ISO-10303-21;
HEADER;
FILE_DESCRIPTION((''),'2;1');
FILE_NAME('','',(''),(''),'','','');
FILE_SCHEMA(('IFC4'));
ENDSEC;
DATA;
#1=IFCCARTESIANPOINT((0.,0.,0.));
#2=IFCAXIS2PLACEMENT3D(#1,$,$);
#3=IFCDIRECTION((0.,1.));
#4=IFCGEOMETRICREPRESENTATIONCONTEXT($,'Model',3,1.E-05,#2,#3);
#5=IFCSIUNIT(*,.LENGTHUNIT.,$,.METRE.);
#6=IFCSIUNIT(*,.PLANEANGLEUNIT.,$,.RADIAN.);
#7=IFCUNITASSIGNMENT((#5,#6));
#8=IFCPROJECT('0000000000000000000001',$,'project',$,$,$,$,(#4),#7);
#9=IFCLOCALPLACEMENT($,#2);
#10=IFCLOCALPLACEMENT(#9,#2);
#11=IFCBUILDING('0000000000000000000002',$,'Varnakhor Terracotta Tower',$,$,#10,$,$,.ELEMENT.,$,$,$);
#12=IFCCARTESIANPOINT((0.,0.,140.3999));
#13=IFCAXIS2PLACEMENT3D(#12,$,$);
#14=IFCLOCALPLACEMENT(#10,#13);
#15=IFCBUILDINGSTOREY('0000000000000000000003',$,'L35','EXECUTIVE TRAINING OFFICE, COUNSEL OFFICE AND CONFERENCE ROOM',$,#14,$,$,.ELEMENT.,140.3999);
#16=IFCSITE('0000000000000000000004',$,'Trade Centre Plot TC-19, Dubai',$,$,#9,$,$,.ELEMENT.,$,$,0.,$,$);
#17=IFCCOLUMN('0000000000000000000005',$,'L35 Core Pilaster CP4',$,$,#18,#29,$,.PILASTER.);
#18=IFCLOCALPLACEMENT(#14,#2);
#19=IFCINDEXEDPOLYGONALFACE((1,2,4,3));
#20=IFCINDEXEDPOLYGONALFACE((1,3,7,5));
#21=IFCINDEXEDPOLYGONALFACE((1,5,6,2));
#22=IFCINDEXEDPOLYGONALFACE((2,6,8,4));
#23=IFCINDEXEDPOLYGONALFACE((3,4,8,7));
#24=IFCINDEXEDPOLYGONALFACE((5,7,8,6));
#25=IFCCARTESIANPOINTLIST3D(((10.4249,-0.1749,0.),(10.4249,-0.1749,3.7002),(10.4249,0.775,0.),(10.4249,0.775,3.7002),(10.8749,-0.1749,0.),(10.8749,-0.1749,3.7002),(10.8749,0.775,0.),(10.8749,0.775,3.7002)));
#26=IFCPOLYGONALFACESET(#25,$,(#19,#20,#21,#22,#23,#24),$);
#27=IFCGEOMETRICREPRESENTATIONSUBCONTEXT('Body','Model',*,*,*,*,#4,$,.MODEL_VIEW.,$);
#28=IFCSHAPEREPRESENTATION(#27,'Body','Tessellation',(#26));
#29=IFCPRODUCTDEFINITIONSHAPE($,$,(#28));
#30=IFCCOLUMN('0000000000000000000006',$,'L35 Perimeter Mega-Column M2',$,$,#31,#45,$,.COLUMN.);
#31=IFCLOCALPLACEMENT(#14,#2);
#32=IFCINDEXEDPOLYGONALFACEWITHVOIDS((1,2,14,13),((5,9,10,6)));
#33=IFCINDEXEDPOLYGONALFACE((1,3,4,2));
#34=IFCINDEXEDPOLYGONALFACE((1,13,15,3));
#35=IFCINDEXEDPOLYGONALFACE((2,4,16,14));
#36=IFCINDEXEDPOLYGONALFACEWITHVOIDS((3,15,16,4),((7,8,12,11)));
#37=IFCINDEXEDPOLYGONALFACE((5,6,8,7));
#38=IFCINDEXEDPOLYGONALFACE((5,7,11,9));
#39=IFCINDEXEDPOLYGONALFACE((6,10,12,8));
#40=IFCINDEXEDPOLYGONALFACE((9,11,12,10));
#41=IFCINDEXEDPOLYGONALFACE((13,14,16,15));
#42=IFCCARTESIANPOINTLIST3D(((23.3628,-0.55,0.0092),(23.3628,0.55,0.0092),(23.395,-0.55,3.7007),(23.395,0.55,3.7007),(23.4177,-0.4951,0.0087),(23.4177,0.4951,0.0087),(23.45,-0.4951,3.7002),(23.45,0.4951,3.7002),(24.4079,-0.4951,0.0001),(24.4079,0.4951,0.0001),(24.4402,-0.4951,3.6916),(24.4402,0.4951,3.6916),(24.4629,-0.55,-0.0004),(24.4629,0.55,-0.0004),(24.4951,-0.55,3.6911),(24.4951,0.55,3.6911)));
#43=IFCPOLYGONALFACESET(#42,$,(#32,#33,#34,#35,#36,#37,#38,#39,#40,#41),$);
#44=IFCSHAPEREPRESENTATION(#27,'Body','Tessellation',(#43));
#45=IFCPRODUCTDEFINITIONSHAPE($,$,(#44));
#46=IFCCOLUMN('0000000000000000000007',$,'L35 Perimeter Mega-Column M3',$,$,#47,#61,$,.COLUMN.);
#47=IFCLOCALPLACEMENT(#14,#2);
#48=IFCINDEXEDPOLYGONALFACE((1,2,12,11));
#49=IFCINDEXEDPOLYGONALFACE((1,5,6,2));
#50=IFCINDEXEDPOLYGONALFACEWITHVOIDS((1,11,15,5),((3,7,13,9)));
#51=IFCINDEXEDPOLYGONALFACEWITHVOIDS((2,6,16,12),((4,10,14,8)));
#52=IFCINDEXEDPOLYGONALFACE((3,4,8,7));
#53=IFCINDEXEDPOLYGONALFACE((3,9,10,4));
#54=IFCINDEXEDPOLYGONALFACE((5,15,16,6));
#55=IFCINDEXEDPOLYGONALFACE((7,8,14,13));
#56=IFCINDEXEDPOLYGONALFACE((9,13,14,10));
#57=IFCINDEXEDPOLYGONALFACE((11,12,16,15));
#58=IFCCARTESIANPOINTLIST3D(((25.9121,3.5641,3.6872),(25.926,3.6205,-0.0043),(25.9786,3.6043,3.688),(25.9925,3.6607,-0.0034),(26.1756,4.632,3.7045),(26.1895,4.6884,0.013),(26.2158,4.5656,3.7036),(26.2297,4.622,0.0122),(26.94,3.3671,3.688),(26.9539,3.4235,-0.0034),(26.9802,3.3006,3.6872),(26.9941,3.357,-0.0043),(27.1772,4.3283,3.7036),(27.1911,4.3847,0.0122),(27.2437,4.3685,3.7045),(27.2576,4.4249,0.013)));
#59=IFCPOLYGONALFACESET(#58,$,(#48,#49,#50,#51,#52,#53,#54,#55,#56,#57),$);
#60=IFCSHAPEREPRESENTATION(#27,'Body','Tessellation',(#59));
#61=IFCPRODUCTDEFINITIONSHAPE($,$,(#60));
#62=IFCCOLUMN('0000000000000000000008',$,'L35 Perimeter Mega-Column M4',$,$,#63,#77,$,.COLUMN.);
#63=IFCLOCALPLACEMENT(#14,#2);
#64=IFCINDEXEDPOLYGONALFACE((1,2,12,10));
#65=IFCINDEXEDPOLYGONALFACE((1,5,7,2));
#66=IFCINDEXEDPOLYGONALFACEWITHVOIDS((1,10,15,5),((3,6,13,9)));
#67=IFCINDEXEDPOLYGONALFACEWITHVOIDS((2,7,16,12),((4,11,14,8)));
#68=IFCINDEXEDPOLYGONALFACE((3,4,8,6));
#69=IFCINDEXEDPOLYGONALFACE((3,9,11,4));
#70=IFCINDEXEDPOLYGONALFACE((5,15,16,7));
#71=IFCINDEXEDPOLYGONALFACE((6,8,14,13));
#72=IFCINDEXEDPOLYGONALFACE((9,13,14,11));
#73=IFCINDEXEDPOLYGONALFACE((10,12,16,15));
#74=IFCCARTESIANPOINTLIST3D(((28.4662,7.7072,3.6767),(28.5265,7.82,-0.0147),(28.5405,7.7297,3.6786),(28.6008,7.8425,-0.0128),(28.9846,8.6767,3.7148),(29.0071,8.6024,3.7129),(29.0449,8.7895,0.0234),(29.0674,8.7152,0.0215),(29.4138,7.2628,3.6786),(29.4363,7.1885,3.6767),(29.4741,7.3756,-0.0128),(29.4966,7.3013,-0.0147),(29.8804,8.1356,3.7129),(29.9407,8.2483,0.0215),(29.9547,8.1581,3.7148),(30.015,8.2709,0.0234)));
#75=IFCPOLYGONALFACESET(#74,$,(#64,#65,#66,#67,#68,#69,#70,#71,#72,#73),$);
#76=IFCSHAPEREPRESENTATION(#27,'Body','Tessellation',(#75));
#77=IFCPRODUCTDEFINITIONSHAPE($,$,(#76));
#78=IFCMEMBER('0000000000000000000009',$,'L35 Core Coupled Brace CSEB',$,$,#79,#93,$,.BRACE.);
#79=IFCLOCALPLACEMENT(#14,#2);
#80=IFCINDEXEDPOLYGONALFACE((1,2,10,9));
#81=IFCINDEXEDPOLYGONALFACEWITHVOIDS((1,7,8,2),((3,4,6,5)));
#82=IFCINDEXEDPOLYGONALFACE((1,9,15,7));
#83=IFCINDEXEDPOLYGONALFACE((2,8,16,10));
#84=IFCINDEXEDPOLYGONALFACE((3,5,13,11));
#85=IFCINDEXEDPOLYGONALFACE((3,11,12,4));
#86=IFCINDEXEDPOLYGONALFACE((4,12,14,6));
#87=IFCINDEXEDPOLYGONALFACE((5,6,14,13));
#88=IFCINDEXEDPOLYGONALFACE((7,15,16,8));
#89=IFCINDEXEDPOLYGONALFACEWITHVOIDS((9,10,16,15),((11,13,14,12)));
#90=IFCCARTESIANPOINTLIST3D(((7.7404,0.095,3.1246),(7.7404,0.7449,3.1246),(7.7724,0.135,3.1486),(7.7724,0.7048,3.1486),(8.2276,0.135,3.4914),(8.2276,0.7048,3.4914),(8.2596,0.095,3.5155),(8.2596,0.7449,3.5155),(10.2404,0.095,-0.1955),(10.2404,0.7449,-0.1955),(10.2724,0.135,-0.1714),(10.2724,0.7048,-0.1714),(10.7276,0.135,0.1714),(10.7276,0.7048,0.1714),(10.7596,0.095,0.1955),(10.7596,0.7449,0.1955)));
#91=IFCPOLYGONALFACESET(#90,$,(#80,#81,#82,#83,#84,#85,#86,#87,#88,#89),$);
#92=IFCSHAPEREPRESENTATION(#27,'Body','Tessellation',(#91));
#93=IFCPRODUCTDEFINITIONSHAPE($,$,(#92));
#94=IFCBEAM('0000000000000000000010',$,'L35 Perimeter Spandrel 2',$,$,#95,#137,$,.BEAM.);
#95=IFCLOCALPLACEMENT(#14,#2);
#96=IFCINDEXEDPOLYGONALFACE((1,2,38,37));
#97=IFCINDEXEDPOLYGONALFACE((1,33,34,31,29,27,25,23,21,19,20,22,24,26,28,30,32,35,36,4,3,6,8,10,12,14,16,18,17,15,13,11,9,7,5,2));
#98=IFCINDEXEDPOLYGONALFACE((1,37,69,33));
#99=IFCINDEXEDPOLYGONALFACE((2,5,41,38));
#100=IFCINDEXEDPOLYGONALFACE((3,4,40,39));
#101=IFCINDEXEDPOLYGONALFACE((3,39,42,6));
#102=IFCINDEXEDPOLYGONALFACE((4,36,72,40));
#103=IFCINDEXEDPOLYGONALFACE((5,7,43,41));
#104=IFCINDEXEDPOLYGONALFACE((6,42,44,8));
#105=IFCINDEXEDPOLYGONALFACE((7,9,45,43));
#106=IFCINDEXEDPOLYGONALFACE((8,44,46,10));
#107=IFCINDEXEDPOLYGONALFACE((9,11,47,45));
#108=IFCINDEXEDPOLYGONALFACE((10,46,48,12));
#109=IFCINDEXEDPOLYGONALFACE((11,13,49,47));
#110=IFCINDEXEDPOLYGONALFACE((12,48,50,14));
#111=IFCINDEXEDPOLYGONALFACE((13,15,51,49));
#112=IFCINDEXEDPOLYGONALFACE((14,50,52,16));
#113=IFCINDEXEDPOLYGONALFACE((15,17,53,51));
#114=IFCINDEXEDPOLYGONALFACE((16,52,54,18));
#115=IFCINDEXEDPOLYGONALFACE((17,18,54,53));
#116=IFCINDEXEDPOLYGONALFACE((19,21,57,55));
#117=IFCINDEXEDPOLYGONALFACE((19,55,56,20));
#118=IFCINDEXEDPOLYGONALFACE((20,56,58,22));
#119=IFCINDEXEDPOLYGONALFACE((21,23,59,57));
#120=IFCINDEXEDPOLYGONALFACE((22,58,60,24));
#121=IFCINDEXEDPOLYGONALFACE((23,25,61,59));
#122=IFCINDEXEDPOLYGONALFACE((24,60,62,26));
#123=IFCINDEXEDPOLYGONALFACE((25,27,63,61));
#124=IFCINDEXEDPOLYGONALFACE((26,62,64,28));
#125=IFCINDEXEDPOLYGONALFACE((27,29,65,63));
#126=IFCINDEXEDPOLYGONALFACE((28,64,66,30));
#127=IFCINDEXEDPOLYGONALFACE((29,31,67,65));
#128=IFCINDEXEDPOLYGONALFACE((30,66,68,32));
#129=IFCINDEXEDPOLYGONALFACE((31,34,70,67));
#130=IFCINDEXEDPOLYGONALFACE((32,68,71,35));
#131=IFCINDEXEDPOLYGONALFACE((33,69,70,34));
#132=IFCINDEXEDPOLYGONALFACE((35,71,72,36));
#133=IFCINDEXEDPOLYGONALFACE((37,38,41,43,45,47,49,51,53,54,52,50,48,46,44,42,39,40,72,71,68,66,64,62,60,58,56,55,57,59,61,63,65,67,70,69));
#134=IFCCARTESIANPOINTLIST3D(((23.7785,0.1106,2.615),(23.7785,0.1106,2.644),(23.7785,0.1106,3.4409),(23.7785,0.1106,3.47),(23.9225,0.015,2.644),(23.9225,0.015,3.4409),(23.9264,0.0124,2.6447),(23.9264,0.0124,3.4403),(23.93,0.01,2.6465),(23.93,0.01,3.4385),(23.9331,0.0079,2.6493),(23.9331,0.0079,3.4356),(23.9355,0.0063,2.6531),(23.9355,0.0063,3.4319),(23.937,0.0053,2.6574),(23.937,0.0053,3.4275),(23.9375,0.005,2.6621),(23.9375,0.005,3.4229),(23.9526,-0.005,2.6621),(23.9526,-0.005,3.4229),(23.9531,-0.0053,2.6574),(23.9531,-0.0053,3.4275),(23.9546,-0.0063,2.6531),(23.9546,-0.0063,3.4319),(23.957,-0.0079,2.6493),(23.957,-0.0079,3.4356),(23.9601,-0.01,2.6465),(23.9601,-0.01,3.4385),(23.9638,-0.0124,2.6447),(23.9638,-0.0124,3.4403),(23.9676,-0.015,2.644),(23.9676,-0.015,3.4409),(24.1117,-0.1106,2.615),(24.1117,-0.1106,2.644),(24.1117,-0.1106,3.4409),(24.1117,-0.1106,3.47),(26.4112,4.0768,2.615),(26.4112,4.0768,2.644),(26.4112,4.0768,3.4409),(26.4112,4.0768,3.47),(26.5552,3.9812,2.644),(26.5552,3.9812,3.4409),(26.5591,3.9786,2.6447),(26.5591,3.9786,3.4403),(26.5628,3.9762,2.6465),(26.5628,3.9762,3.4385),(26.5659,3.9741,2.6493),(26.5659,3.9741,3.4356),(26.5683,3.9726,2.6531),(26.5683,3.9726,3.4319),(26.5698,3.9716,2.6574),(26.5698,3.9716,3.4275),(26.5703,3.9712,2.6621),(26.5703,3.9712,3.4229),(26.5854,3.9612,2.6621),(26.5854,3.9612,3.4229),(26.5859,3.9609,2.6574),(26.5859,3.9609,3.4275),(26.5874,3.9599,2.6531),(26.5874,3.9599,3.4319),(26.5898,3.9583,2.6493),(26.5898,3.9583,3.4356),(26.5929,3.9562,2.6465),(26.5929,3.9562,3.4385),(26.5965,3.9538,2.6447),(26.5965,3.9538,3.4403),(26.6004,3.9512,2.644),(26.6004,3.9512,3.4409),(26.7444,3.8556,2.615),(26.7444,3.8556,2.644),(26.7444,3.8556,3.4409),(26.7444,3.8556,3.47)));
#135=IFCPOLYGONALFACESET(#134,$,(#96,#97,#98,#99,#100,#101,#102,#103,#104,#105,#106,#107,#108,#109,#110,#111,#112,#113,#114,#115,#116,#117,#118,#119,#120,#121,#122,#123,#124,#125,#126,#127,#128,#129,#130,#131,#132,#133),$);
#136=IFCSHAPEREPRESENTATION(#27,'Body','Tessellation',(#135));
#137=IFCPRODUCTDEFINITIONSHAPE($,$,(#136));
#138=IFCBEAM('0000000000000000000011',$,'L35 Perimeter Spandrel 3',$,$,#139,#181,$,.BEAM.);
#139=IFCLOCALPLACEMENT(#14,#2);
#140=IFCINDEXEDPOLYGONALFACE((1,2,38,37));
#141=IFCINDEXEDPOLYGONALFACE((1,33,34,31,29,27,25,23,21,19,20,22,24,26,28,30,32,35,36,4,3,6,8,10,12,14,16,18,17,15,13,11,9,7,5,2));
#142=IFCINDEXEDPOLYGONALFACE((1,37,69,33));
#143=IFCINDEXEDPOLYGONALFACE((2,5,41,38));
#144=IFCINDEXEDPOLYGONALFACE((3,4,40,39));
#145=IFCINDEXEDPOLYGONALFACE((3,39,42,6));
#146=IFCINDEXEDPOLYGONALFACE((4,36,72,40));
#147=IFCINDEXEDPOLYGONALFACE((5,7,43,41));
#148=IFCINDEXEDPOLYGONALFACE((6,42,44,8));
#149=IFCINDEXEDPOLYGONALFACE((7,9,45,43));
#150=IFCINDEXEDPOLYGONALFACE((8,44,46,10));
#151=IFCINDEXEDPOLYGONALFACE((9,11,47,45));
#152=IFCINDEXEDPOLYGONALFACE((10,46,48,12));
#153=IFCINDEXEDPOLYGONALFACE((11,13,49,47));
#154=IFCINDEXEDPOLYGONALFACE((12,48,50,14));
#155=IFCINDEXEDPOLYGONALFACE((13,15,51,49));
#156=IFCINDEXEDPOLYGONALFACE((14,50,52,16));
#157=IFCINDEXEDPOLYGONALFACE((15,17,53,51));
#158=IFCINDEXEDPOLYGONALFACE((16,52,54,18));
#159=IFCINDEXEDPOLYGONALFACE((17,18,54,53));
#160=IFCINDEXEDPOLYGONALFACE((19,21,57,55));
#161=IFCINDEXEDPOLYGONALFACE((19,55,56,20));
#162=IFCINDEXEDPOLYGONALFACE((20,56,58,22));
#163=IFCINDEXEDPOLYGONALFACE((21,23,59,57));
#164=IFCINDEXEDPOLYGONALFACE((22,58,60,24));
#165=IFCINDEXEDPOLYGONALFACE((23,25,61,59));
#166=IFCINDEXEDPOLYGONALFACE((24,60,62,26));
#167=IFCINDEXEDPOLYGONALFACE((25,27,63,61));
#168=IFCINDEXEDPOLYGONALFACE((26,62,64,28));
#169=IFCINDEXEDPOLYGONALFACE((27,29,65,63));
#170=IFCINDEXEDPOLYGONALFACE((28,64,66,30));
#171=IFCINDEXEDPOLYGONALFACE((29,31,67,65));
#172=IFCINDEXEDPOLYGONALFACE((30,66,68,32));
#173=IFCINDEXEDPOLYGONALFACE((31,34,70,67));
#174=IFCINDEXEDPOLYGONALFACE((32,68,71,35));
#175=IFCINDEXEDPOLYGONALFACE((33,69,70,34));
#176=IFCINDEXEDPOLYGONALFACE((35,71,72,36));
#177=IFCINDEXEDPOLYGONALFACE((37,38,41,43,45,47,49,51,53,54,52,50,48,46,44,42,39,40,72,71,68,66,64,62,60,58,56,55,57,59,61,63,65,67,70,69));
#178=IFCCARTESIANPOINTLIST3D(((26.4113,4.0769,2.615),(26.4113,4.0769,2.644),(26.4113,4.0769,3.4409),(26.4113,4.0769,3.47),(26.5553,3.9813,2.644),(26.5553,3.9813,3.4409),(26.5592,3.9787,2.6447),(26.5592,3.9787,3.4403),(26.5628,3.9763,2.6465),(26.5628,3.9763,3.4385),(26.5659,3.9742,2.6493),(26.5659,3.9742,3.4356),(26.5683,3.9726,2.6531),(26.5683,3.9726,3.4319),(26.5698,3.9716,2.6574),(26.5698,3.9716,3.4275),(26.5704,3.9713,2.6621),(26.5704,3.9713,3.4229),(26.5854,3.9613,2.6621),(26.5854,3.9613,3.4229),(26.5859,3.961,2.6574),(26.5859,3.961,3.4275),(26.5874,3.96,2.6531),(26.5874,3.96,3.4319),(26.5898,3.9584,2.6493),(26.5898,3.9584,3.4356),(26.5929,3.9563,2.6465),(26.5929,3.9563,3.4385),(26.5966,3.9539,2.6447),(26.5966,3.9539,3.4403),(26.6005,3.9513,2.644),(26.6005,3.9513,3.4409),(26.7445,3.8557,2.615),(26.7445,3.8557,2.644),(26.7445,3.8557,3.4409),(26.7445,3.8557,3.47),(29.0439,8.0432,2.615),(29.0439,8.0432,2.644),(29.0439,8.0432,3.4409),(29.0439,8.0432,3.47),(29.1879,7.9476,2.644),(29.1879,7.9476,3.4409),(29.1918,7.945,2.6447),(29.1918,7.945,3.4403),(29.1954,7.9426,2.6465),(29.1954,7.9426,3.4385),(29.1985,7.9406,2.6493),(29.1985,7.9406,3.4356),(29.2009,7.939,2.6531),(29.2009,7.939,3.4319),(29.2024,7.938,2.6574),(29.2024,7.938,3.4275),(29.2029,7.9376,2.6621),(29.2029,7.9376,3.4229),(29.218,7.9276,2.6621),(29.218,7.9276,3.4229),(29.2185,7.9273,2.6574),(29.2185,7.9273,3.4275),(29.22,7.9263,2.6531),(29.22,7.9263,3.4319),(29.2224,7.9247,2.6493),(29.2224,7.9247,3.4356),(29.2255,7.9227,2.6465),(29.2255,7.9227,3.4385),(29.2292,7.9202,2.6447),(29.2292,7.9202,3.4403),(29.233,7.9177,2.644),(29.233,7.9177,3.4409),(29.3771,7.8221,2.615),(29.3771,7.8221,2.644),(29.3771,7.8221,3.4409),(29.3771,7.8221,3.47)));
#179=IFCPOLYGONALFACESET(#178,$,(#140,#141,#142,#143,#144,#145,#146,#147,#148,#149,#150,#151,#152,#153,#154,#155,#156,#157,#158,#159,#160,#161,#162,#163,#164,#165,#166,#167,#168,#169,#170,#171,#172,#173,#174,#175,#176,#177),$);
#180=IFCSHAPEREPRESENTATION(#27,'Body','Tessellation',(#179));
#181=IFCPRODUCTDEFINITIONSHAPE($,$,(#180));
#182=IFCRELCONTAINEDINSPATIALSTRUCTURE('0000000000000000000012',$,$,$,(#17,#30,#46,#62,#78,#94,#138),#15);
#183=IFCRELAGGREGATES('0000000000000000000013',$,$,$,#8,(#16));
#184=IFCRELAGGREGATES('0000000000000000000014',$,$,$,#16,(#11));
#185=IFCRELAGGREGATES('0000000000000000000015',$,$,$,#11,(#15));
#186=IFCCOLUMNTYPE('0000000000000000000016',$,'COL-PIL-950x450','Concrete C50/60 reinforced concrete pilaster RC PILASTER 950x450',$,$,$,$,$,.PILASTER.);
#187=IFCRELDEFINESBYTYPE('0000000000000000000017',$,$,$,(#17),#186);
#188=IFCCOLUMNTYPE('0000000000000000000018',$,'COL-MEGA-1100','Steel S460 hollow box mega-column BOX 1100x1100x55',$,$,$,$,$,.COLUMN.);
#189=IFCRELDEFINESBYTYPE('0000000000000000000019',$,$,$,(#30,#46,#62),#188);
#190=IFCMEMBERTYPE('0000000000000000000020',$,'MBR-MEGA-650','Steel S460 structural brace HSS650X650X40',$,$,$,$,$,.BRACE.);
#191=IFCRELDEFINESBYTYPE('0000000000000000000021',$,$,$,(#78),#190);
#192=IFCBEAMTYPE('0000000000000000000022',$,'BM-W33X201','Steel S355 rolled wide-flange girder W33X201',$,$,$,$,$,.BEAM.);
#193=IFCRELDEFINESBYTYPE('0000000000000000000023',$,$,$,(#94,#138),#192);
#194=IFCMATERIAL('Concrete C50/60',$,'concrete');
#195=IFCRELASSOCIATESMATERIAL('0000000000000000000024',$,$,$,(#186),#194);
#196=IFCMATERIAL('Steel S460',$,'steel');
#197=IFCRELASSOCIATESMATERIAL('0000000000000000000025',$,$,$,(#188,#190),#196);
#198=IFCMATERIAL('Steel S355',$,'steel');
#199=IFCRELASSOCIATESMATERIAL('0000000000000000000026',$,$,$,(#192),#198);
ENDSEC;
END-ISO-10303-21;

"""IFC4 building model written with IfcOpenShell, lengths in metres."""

from ifc_helpers import new_model, si_unit, direction, frame, origin, origin_2d, place, context, subcontext, project, spatial, rectangle, hollow_rectangle, i_section, extrude, source, transform, mapped, material, material_profile, profile_set, type_object, element, save


model = new_model("IFC4")

# Units and contexts
model_context = context("Model", 3, precision=1e-05, world=origin(), true_north=direction((0.0, 1.0)))
body_context = subcontext(model_context, "Body", "Model", "MODEL_VIEW")
ifc_project = project(units=[si_unit("LENGTHUNIT", "METRE"), si_unit("PLANEANGLEUNIT", "RADIAN")], contexts=[model_context])

# Site, building, storey
site_placement = place(None, origin())
site = spatial("IfcSite", under=ifc_project, at=site_placement, Name="Trade Centre Plot TC-19, Dubai", CompositionType="ELEMENT", RefElevation=0.0)
building_placement = place(site_placement, origin())
building = spatial("IfcBuilding", under=site, at=building_placement, Name="Varnakhor Terracotta Tower", CompositionType="ELEMENT")
storey_placement = place(building_placement, frame((0.0, 0.0, 140.3999)))
storey = spatial("IfcBuildingStorey", under=building, at=storey_placement, Name="L35", Description="EXECUTIVE TRAINING OFFICE, COUNSEL OFFICE AND CONFERENCE ROOM", CompositionType="ELEMENT", Elevation=140.3999)

# Columns
ifc_material_1 = material(Name="Concrete C50/60", Category="concrete")
ifc_material_profile_1 = material_profile(ifc_material_1, rectangle(XDim=0.45, YDim=0.95, at=origin_2d()), Name="RC PILASTER 950x450")
ifc_profile_set_1 = profile_set([ifc_material_profile_1], Name="Concrete C50/60")
column_type_1 = type_object("IfcColumnType", Name="COL-PIL-950x450", Description="Concrete C50/60 reinforced concrete pilaster RC PILASTER 950x450", PredefinedType="PILASTER", material=ifc_profile_set_1)
shared_shape_1 = source(origin(), body_context, "Body", "SweptSolid", [
    extrude(rectangle(XDim=0.45, YDim=0.95, at=origin_2d()), origin(), (0.0, 0.0, 1.0), 3.7002),
])
column_1_placement = place(storey_placement, frame((10.6499, 0.3, 0.0), z_axis=(0.0, 0.0, 1.0), x_axis=(1.0, 0.0, 0.0)))
element("IfcColumn", 1, at=column_1_placement, inside=storey, type_object=column_type_1, Name="L35 Core Pilaster CP4", PredefinedType="PILASTER", context=body_context, shape_type="MappedRepresentation", body=[
    mapped(shared_shape_1, transform((0.0, 0.0, 0.0), scale=1.0)),
])
ifc_material_2 = material(Name="Steel S460", Category="steel")
ifc_material_profile_2 = material_profile(ifc_material_2, hollow_rectangle(XDim=1.1001, YDim=1.1001, WallThickness=0.0549, at=origin_2d()), Name="BOX 1100x1100x55")
ifc_profile_set_2 = profile_set([ifc_material_profile_2], Name="Steel S460")
column_type_2 = type_object("IfcColumnType", Name="COL-MEGA-1100", Description="Steel S460 hollow box mega-column BOX 1100x1100x55", PredefinedType="COLUMN", material=ifc_profile_set_2)
shared_shape_2 = source(origin(), body_context, "Body", "SweptSolid", [
    extrude(hollow_rectangle(XDim=1.1001, YDim=1.1001, WallThickness=0.0549, at=origin_2d()), origin(), (0.0, 0.0, 1.0), 3.6917),
])
column_2_placement = place(storey_placement, frame((23.9128, 0.0, 0.0044), z_axis=(0.00873, 0.0, 0.999962), x_axis=(0.0, 1.0, 0.0)))
element("IfcColumn", 2, at=column_2_placement, inside=storey, type_object=column_type_2, Name="L35 Perimeter Mega-Column M2", PredefinedType="COLUMN", context=body_context, shape_type="MappedRepresentation", body=[
    mapped(shared_shape_2, transform((0.0, 0.0, 0.0), scale=1.0)),
])
shared_shape_3 = source(origin(), body_context, "Body", "SweptSolid", [
    extrude(hollow_rectangle(XDim=1.1001, YDim=1.1001, WallThickness=0.0549, at=origin_2d()), origin(), (0.0, 0.0, 1.0), 3.6919),
])
column_3_placement = place(storey_placement, frame((26.5918, 4.0227, 0.0044), z_axis=(-0.003769, -0.015276, 0.999876), x_axis=(0.97088, -0.239568, 0.0)))
element("IfcColumn", 3, at=column_3_placement, inside=storey, type_object=column_type_2, Name="L35 Perimeter Mega-Column M3", PredefinedType="COLUMN", context=body_context, shape_type="MappedRepresentation", body=[
    mapped(shared_shape_3, transform((0.0, 0.0, 0.0), scale=1.0)),
])
shared_shape_4 = source(origin(), body_context, "Body", "SweptSolid", [
    extrude(hollow_rectangle(XDim=1.1001, YDim=1.1001, WallThickness=0.0549, at=origin_2d()), origin(), (0.0, 0.0, 1.0), 3.6936),
])
column_4_placement = place(storey_placement, frame((29.2708, 8.0454, 0.0044), z_axis=(-0.016326, -0.030537, 0.9994), x_axis=(0.881877, -0.47148, 0.0)))
element("IfcColumn", 4, at=column_4_placement, inside=storey, type_object=column_type_2, Name="L35 Perimeter Mega-Column M4", PredefinedType="COLUMN", context=body_context, shape_type="MappedRepresentation", body=[
    mapped(shared_shape_4, transform((0.0, 0.0, 0.0), scale=1.0)),
])

# Member
ifc_material_profile_3 = material_profile(ifc_material_2, hollow_rectangle(XDim=0.6499, YDim=0.6499, WallThickness=0.04, at=origin_2d()), Name="HSS650X650X40")
ifc_profile_set_3 = profile_set([ifc_material_profile_3], Name="Steel S460")
member_type_1 = type_object("IfcMemberType", Name="MBR-MEGA-650", Description="Steel S460 structural brace HSS650X650X40", PredefinedType="BRACE", material=ifc_profile_set_3)
shared_shape_5 = source(origin(), body_context, "Body", "SweptSolid", [
    extrude(hollow_rectangle(XDim=0.6499, YDim=0.6499, WallThickness=0.04, at=origin_2d()), origin(), (0.0, 0.0, 1.0), 4.156),
])
member_1_placement = place(storey_placement, frame((10.5, 0.4199, 0.0), z_axis=(-0.601531, 0.0, 0.79885), x_axis=(0.0, -1.0, 0.0)))
element("IfcMember", 5, at=member_1_placement, inside=storey, type_object=member_type_1, Name="L35 Core Coupled Brace CSEB", PredefinedType="BRACE", context=body_context, shape_type="MappedRepresentation", body=[
    mapped(shared_shape_5, transform((0.0, 0.0, 0.0), scale=1.0)),
])

# Beams
ifc_material_3 = material(Name="Steel S355", Category="steel")
ifc_material_profile_4 = material_profile(ifc_material_3, i_section(OverallWidth=0.3999, OverallDepth=0.855, WebThickness=0.0181, FlangeThickness=0.0291, FilletRadius=0.0181, at=origin_2d()), Name="W33X201")
ifc_profile_set_4 = profile_set([ifc_material_profile_4], Name="Steel S355")
beam_type_1 = type_object("IfcBeamType", Name="BM-W33X201", Description="Steel S355 rolled wide-flange girder W33X201", PredefinedType="BEAM", material=ifc_profile_set_4)
shared_shape_6 = source(origin(), body_context, "Body", "SweptSolid", [
    extrude(i_section(OverallWidth=0.3999, OverallDepth=0.855, WebThickness=0.0181, FlangeThickness=0.0291, FilletRadius=0.0181, at=origin_2d()), origin(), (0.0, 0.0, 1.0), 4.7605),
])
for number, where, z_axis, x_axis, name in (
    (6, (23.9451, 0.0, 3.0425), (0.553042, 0.833153, 0.0), (-0.833153, 0.553042, 0.0), "L35 Perimeter Spandrel 2"),
    (7, (26.5779, 3.9663, 3.0425), (0.553007, 0.833177, 0.0), (-0.833177, 0.553007, 0.0), "L35 Perimeter Spandrel 3"),
):
    element("IfcBeam", number, at=place(storey_placement, frame(where, z_axis=z_axis, x_axis=x_axis)), inside=storey, type_object=beam_type_1, Name=name, PredefinedType="BEAM", context=body_context, shape_type="MappedRepresentation", body=[
        mapped(shared_shape_6, transform((0.0, 0.0, 0.0), scale=1.0)),
    ])

save(model, "model.ifc")
